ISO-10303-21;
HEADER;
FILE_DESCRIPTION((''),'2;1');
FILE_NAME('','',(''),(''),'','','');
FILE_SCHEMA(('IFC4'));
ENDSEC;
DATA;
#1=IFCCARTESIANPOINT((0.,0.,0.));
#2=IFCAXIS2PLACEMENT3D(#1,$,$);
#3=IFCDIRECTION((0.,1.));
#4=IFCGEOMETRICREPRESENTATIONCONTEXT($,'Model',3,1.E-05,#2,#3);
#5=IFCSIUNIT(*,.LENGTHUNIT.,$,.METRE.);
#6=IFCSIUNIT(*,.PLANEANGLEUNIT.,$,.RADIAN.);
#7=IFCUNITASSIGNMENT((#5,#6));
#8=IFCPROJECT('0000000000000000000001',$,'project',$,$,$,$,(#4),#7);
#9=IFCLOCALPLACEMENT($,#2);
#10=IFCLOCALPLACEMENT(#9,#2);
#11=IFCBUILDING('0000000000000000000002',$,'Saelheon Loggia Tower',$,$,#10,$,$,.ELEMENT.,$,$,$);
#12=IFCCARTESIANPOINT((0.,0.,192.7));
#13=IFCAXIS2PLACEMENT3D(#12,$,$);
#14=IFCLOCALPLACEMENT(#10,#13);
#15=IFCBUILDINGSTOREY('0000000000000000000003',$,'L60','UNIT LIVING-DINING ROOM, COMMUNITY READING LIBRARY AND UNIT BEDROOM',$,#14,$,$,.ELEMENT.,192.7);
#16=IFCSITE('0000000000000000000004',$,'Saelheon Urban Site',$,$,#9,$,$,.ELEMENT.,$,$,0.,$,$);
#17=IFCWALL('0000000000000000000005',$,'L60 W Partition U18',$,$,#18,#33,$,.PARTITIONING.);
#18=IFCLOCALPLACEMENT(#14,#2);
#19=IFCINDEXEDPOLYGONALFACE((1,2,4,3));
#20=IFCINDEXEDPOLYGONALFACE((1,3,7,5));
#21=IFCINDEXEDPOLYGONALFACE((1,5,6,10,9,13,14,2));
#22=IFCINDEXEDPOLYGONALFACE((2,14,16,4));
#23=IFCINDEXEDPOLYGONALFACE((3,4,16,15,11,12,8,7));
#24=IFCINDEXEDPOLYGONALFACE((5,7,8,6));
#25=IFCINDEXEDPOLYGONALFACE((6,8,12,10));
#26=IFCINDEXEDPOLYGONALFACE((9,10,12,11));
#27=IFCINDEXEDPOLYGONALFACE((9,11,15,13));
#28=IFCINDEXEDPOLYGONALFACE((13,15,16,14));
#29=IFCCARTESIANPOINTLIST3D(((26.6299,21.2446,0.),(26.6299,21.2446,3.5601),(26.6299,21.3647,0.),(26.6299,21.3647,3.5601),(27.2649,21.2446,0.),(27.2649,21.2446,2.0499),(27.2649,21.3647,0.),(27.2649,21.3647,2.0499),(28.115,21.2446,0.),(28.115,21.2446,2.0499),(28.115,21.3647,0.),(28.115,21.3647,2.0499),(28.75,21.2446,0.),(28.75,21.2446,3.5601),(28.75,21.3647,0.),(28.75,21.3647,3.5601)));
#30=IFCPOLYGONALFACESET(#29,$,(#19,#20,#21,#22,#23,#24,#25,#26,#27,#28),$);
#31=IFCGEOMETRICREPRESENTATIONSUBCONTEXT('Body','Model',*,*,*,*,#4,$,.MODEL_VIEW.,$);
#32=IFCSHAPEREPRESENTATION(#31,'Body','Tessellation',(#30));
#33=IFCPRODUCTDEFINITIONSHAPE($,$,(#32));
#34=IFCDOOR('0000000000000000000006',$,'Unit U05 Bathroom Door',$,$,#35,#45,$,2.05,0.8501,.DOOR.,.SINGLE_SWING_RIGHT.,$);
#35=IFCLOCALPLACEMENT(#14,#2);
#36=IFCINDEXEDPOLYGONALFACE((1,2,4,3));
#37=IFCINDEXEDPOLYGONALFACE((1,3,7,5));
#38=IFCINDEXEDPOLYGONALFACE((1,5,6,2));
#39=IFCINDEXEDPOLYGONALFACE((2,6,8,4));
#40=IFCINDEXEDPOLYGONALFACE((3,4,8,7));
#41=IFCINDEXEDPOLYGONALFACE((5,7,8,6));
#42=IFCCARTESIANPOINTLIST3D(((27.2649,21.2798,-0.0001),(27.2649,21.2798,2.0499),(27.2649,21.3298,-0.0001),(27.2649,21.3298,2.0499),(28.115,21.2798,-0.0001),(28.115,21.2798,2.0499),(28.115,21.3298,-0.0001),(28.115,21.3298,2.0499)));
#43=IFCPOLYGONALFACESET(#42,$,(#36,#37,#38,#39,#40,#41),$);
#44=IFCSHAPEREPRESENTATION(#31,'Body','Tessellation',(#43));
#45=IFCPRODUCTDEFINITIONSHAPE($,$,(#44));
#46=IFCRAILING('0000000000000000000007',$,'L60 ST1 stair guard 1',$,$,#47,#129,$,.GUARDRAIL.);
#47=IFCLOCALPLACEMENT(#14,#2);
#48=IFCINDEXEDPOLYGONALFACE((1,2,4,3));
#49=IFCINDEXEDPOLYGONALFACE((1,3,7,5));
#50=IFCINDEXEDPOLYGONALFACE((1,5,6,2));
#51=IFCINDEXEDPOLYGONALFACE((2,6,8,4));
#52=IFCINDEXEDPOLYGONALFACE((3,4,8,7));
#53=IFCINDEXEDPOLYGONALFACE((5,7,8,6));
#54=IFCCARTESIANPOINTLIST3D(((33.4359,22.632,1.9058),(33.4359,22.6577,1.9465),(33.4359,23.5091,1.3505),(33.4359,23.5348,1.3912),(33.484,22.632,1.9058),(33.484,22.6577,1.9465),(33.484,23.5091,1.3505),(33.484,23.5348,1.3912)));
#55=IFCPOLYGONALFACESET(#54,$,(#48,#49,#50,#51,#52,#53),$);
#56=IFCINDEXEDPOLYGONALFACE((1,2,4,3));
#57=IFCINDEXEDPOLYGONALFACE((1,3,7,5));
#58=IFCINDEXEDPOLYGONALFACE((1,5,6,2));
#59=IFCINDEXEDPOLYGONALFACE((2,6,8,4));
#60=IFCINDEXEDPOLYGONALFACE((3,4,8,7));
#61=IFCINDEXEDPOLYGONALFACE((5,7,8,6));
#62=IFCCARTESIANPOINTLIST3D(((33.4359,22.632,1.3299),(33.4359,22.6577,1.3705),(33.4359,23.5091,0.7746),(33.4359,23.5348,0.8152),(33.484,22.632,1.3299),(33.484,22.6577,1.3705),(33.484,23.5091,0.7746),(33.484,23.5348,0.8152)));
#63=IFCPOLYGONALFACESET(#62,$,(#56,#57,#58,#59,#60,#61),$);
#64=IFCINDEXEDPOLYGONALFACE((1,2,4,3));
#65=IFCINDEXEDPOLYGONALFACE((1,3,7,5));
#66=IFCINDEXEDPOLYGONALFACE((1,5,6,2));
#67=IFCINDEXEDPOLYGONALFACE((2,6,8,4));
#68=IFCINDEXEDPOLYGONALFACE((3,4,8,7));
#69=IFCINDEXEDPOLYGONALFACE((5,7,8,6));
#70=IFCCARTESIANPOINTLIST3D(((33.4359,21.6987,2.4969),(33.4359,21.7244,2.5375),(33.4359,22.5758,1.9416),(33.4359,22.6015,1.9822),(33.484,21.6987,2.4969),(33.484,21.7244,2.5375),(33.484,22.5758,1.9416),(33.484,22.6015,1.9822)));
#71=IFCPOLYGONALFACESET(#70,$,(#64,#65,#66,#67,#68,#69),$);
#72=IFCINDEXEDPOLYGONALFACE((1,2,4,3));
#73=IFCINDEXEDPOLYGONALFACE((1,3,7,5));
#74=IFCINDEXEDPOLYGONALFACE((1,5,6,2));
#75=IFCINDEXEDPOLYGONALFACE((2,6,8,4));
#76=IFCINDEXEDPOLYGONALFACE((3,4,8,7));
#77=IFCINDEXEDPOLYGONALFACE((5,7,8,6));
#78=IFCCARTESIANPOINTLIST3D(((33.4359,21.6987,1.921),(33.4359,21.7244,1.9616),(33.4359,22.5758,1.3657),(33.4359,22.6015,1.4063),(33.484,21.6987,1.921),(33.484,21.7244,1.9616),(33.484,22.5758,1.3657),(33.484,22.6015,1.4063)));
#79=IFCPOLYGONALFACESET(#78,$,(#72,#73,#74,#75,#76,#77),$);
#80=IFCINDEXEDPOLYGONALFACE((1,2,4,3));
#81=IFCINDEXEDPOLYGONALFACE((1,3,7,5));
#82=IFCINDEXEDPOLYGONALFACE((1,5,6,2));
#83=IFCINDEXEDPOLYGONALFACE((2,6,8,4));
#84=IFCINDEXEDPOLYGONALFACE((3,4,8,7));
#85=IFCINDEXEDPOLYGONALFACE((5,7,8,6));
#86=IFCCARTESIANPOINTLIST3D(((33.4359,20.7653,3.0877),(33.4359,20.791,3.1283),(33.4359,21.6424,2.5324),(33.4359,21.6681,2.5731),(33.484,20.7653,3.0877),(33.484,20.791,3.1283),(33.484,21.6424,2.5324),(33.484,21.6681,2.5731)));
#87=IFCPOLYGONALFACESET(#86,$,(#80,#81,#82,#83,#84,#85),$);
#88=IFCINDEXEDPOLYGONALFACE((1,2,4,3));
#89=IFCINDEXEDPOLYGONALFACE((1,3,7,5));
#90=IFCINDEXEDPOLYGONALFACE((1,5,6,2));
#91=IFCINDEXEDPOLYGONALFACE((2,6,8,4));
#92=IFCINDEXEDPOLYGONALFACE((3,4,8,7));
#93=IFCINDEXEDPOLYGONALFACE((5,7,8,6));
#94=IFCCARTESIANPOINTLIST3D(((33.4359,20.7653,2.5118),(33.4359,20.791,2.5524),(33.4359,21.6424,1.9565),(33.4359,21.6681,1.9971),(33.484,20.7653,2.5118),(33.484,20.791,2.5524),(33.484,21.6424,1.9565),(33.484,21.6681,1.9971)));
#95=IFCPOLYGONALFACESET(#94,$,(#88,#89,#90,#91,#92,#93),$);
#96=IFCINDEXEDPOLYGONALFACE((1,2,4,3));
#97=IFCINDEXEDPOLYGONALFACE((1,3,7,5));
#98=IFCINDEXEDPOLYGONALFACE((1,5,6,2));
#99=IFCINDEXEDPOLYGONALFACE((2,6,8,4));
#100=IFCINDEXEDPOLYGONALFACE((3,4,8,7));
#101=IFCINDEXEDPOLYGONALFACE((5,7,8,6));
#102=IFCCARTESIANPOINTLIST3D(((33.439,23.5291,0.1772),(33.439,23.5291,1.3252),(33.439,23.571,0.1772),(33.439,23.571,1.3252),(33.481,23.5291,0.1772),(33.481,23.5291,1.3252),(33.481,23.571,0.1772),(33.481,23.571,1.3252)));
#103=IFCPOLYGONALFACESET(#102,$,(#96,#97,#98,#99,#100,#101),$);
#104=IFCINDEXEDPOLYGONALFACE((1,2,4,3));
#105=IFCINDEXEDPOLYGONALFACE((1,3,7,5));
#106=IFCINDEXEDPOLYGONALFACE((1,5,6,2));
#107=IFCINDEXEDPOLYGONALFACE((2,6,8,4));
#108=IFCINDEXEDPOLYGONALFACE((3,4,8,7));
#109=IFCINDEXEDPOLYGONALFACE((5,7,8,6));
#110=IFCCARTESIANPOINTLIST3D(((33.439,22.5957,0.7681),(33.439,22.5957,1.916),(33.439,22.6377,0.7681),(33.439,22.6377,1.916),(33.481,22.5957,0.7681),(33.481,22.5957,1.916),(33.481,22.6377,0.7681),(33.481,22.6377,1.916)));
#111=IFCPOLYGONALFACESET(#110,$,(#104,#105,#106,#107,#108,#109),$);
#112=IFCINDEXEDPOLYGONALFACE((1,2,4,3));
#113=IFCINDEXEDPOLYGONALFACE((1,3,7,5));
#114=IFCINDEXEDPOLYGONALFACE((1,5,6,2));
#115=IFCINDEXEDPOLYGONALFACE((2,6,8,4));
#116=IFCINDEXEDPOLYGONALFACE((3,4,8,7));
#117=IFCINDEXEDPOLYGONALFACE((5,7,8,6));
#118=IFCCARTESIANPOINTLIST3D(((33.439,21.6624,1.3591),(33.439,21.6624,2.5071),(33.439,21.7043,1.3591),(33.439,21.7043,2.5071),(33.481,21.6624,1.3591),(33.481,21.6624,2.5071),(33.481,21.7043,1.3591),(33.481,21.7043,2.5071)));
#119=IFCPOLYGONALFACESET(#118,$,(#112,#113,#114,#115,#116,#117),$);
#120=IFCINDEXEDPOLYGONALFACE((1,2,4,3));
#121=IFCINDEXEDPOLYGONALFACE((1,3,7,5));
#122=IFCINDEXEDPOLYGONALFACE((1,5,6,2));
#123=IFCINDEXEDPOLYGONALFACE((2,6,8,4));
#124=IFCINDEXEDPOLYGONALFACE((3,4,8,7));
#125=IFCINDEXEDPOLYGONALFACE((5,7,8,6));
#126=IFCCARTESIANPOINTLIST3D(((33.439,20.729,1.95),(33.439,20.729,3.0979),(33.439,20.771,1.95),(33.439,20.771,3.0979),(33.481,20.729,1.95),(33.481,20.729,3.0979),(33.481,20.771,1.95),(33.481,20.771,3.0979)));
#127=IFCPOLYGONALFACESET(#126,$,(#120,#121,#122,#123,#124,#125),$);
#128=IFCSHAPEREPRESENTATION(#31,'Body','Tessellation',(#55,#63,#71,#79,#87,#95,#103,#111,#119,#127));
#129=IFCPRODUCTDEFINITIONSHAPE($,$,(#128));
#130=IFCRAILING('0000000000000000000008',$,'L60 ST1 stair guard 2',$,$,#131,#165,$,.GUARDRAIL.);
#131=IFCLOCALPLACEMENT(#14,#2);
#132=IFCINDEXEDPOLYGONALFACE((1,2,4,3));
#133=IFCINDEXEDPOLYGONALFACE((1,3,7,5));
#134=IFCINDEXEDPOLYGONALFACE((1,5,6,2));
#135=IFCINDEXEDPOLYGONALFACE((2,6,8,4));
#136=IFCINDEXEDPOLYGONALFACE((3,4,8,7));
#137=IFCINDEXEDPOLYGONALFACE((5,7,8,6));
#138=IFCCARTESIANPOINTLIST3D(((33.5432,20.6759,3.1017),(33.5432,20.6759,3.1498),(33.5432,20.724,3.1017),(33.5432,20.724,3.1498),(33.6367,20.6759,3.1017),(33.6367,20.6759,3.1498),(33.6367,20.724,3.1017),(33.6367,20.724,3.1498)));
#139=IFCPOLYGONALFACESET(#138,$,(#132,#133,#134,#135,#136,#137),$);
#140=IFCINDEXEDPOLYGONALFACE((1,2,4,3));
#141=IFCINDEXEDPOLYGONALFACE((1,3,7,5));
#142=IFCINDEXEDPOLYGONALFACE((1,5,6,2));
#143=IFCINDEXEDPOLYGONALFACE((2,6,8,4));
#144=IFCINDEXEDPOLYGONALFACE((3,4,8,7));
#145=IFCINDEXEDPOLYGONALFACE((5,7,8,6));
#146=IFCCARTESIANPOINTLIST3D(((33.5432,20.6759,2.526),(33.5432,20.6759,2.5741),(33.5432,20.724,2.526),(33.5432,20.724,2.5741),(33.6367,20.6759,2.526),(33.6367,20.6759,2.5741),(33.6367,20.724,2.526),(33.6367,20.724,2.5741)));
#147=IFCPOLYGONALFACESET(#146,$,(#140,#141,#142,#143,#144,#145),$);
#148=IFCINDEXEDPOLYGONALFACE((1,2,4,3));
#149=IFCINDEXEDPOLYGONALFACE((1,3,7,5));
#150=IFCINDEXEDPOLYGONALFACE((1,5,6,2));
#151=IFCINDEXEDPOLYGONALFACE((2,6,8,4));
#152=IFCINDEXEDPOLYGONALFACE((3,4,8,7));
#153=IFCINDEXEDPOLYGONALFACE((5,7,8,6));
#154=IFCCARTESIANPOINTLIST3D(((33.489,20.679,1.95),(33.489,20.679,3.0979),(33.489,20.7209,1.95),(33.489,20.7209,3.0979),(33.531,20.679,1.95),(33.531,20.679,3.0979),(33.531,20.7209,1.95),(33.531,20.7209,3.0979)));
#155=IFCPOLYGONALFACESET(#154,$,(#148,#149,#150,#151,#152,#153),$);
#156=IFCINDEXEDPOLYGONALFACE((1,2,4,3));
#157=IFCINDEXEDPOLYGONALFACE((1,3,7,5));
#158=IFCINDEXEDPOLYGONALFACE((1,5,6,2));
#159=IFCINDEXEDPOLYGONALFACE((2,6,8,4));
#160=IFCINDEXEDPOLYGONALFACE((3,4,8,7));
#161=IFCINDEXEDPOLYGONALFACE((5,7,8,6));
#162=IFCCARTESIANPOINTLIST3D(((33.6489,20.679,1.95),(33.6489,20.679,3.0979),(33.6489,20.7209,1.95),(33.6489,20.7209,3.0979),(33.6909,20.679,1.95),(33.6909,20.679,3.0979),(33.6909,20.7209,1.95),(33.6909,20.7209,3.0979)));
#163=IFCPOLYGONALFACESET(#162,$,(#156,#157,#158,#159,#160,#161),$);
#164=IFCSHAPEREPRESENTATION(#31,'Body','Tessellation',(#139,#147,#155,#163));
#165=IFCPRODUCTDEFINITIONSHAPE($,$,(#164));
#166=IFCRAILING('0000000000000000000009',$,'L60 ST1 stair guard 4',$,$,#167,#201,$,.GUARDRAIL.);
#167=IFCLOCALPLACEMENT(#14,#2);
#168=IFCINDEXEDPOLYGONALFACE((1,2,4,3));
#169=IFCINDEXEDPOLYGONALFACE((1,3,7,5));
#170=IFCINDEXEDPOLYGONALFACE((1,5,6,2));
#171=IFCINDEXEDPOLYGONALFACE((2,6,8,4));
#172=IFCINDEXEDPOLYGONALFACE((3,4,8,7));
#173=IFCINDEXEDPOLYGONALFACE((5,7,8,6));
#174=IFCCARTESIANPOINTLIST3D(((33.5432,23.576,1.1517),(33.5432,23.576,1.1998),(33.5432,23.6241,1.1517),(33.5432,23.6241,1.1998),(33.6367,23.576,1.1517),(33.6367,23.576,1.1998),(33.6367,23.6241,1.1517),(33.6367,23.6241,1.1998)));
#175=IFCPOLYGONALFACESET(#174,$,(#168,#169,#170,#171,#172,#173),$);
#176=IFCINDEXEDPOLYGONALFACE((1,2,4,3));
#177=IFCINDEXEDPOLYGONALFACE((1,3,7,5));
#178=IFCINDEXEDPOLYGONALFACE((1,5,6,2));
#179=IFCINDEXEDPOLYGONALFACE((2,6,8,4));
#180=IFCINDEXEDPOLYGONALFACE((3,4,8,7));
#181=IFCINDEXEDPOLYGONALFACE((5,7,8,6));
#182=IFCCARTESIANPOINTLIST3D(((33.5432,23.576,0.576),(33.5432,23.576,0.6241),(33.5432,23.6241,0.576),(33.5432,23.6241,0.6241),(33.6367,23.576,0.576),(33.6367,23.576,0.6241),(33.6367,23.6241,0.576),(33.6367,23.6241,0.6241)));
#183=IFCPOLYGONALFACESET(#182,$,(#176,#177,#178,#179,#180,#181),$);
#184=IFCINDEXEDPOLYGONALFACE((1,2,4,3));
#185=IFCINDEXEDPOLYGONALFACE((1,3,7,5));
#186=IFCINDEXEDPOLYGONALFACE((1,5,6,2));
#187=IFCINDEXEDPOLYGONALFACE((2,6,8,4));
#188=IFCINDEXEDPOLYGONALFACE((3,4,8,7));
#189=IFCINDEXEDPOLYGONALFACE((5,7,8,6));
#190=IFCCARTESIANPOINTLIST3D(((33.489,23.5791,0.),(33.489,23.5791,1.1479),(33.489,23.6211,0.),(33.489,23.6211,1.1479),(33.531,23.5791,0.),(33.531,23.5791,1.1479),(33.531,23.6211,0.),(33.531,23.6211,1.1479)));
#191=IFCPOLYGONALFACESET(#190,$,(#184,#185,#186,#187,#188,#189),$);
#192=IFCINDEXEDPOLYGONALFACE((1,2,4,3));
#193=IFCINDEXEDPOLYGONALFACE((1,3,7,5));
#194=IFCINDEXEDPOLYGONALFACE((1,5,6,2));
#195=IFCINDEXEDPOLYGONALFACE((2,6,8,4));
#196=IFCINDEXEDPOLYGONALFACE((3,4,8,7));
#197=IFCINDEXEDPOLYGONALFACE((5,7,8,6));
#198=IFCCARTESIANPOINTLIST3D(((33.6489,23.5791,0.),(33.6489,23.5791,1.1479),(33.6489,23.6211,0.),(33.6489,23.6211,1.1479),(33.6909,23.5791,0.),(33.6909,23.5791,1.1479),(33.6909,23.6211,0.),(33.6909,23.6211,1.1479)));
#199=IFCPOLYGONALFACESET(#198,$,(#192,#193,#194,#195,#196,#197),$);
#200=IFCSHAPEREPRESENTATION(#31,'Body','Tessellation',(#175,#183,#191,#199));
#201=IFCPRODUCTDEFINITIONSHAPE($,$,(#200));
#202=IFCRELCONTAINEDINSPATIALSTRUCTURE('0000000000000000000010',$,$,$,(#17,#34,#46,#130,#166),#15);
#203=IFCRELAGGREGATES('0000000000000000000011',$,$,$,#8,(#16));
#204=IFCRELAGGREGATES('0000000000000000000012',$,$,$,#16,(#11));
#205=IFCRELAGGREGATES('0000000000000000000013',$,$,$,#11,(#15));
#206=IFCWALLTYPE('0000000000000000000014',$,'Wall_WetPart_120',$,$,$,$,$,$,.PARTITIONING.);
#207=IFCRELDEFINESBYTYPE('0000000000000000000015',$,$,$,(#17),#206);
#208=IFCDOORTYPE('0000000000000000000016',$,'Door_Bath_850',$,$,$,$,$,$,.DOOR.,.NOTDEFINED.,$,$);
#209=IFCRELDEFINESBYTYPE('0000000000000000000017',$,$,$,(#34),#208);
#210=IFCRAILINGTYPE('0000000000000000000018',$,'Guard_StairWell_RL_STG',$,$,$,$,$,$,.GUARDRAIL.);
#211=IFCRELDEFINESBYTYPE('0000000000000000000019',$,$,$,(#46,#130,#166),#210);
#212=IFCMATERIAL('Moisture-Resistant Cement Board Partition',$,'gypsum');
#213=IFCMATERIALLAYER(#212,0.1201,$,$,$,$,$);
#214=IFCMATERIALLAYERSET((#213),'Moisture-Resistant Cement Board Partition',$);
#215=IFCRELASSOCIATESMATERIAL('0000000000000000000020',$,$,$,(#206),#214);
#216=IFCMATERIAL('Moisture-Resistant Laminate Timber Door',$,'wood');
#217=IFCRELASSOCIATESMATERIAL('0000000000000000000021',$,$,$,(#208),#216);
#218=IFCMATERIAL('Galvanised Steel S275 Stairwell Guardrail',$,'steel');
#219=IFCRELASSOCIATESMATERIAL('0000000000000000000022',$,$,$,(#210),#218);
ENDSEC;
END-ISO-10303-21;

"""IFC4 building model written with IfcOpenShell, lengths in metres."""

from ifc_helpers import new_model, si_unit, direction, frame, frame_2d, origin, origin_2d, place, context, subcontext, project, spatial, rectangle, extrude, source, transform, mapped, material, layer, layer_set, type_object, element, fill, save


model = new_model("IFC4")

# Units and contexts
model_context = context("Model", 3, precision=1e-05, world=origin(), true_north=direction((0.0, 1.0)))
body_context = subcontext(model_context, "Body", "Model", "MODEL_VIEW")
ifc_project = project(units=[si_unit("LENGTHUNIT", "METRE"), si_unit("PLANEANGLEUNIT", "RADIAN")], contexts=[model_context])

# Site, building, storey
site_placement = place(None, origin())
site = spatial("IfcSite", under=ifc_project, at=site_placement, Name="Saelheon Urban Site", CompositionType="ELEMENT", RefElevation=0.0)
building_placement = place(site_placement, origin())
building = spatial("IfcBuilding", under=site, at=building_placement, Name="Saelheon Loggia Tower", CompositionType="ELEMENT")
storey_placement = place(building_placement, frame((0.0, 0.0, 192.7)))
storey = spatial("IfcBuildingStorey", under=building, at=storey_placement, Name="L60", Description="UNIT LIVING-DINING ROOM, COMMUNITY READING LIBRARY AND UNIT BEDROOM", CompositionType="ELEMENT", Elevation=192.7)

# Shared definitions
ifc_material_1 = material(Name="Moisture-Resistant Cement Board Partition", Category="gypsum")
ifc_layer_1 = layer(ifc_material_1, 0.1201)
ifc_layer_set_1 = layer_set([ifc_layer_1], Name="Moisture-Resistant Cement Board Partition")
wall_type_1 = type_object("IfcWallType", Name="Wall_WetPart_120", PredefinedType="PARTITIONING", material=ifc_layer_set_1)

# Wall, opening, door
wall_1_placement = place(storey_placement, frame((28.75, 21.3047, 0.0), z_axis=(0.0, 0.0, 1.0), x_axis=(-1.0, 0.0, 0.0)))
wall_1 = element("IfcWall", 1, at=wall_1_placement, inside=storey, type_object=wall_type_1, Name="L60 W Partition U18", PredefinedType="PARTITIONING", context=body_context, shape_type="SweptSolid", body=[
    extrude(rectangle(XDim=2.1201, YDim=0.1201, at=frame_2d((1.0601, 0.0))), origin(), (0.0, 0.0, 1.0), 3.5601),
])
opening_1_placement = place(wall_1_placement, frame((0.635, 0.0, 0.0)))
opening_1 = element("IfcOpeningElement", 2, at=opening_1_placement, cuts=wall_1, PredefinedType="OPENING", context=body_context, shape_type="SweptSolid", body=[
    extrude(rectangle(XDim=0.8501, YDim=2.05, at=frame_2d((0.425, 1.0249))), frame((0.0, 0.072, 0.0), z_axis=(0.0, -1.0, 0.0), x_axis=(1.0, 0.0, 0.0)), (0.0, 0.0, 1.0), 0.144),
])
ifc_material_2 = material(Name="Moisture-Resistant Laminate Timber Door", Category="wood")
door_type_1 = type_object("IfcDoorType", Name="Door_Bath_850", OperationType="NOTDEFINED", PredefinedType="DOOR", material=ifc_material_2)
shared_shape_1 = source(origin(), body_context, "Body", "SweptSolid", [
    extrude(rectangle(XDim=0.8501, YDim=2.05, at=frame_2d((0.425, 1.0249))), frame((0.0, 0.0249, 0.0), z_axis=(0.0, -1.0, 0.0), x_axis=(1.0, 0.0, 0.0)), (0.0, 0.0, 1.0), 0.05),
])
door_1_placement = place(opening_1_placement, origin())
door_1 = element("IfcDoor", 3, at=door_1_placement, inside=storey, type_object=door_type_1, Name="Unit U05 Bathroom Door", OperationType="SINGLE_SWING_RIGHT", OverallHeight=2.05, OverallWidth=0.8501, PredefinedType="DOOR", context=body_context, shape_type="MappedRepresentation", body=[
    mapped(shared_shape_1, transform((0.0, 0.0, 0.0), scale=1.0)),
])
fill(opening_1, door_1)

# Railings
ifc_material_3 = material(Name="Galvanised Steel S275 Stairwell Guardrail", Category="steel")
railing_type_1 = type_object("IfcRailingType", Name="Guard_StairWell_RL_STG", PredefinedType="GUARDRAIL", material=ifc_material_3)
railing_1_placement = place(storey_placement, frame((33.46, 23.55, 0.1772)))
element("IfcRailing", 4, at=railing_1_placement, inside=storey, type_object=railing_type_1, Name="L60 ST1 stair guard 1", PredefinedType="GUARDRAIL", context=body_context, shape_type="SweptSolid", body=[
    extrude(rectangle(XDim=0.0481, YDim=0.0481, at=origin_2d()), frame((0.0, -0.0281, 1.1936), z_axis=(0.0, -0.844909, 0.53491), x_axis=(1.0, 0.0, 0.0)), (0.0, 0.0, 1.0), 1.0381),
    extrude(rectangle(XDim=0.0481, YDim=0.0481, at=origin_2d()), frame((0.0, -0.0281, 0.6177), z_axis=(0.0, -0.844909, 0.53491), x_axis=(1.0, 0.0, 0.0)), (0.0, 0.0, 1.0), 1.0381),
    extrude(rectangle(XDim=0.0481, YDim=0.0481, at=origin_2d()), frame((0.0, -0.9614, 1.7847), z_axis=(0.0, -0.844909, 0.53491), x_axis=(1.0, 0.0, 0.0)), (0.0, 0.0, 1.0), 1.0381),
    extrude(rectangle(XDim=0.0481, YDim=0.0481, at=origin_2d()), frame((0.0, -0.9614, 1.2087), z_axis=(0.0, -0.844909, 0.53491), x_axis=(1.0, 0.0, 0.0)), (0.0, 0.0, 1.0), 1.0381),
    extrude(rectangle(XDim=0.0481, YDim=0.0481, at=origin_2d()), frame((0.0, -1.8948, 2.3755), z_axis=(0.0, -0.844909, 0.53491), x_axis=(1.0, 0.0, 0.0)), (0.0, 0.0, 1.0), 1.0381),
    extrude(rectangle(XDim=0.0481, YDim=0.0481, at=origin_2d()), frame((0.0, -1.8948, 1.7996), z_axis=(0.0, -0.844909, 0.53491), x_axis=(1.0, 0.0, 0.0)), (0.0, 0.0, 1.0), 1.0381),
    extrude(rectangle(XDim=0.042, YDim=0.042, at=origin_2d()), origin(), (0.0, 0.0, 1.0), 1.1479),
    extrude(rectangle(XDim=0.042, YDim=0.042, at=origin_2d()), frame((0.0, -0.9333, 0.5908)), (0.0, 0.0, 1.0), 1.1479),
    extrude(rectangle(XDim=0.042, YDim=0.042, at=origin_2d()), frame((0.0, -1.8667, 1.1819)), (0.0, 0.0, 1.0), 1.1479),
    extrude(rectangle(XDim=0.042, YDim=0.042, at=origin_2d()), frame((0.0, -2.8, 1.7727)), (0.0, 0.0, 1.0), 1.1479),
])
for number, where, name in (
    (5, (33.51, 20.7, 1.95), "L60 ST1 stair guard 2"),
    (6, (33.51, 23.6001, 0.0), "L60 ST1 stair guard 4"),
):
    element("IfcRailing", number, at=place(storey_placement, frame(where)), inside=storey, type_object=railing_type_1, Name=name, PredefinedType="GUARDRAIL", context=body_context, shape_type="SweptSolid", body=[
        extrude(rectangle(XDim=0.0481, YDim=0.0481, at=origin_2d()), frame((0.0332, 0.0, 1.1758), z_axis=(1.0, 0.0, 0.0), x_axis=(0.0, 1.0, 0.0)), (0.0, 0.0, 1.0), 0.0935),
        extrude(rectangle(XDim=0.0481, YDim=0.0481, at=origin_2d()), frame((0.0332, 0.0, 0.6001), z_axis=(1.0, 0.0, 0.0), x_axis=(0.0, 1.0, 0.0)), (0.0, 0.0, 1.0), 0.0935),
        extrude(rectangle(XDim=0.042, YDim=0.042, at=origin_2d()), origin(), (0.0, 0.0, 1.0), 1.1479),
        extrude(rectangle(XDim=0.042, YDim=0.042, at=origin_2d()), frame((0.1599, 0.0, 0.0)), (0.0, 0.0, 1.0), 1.1479),
    ])

save(model, "model.ifc")
